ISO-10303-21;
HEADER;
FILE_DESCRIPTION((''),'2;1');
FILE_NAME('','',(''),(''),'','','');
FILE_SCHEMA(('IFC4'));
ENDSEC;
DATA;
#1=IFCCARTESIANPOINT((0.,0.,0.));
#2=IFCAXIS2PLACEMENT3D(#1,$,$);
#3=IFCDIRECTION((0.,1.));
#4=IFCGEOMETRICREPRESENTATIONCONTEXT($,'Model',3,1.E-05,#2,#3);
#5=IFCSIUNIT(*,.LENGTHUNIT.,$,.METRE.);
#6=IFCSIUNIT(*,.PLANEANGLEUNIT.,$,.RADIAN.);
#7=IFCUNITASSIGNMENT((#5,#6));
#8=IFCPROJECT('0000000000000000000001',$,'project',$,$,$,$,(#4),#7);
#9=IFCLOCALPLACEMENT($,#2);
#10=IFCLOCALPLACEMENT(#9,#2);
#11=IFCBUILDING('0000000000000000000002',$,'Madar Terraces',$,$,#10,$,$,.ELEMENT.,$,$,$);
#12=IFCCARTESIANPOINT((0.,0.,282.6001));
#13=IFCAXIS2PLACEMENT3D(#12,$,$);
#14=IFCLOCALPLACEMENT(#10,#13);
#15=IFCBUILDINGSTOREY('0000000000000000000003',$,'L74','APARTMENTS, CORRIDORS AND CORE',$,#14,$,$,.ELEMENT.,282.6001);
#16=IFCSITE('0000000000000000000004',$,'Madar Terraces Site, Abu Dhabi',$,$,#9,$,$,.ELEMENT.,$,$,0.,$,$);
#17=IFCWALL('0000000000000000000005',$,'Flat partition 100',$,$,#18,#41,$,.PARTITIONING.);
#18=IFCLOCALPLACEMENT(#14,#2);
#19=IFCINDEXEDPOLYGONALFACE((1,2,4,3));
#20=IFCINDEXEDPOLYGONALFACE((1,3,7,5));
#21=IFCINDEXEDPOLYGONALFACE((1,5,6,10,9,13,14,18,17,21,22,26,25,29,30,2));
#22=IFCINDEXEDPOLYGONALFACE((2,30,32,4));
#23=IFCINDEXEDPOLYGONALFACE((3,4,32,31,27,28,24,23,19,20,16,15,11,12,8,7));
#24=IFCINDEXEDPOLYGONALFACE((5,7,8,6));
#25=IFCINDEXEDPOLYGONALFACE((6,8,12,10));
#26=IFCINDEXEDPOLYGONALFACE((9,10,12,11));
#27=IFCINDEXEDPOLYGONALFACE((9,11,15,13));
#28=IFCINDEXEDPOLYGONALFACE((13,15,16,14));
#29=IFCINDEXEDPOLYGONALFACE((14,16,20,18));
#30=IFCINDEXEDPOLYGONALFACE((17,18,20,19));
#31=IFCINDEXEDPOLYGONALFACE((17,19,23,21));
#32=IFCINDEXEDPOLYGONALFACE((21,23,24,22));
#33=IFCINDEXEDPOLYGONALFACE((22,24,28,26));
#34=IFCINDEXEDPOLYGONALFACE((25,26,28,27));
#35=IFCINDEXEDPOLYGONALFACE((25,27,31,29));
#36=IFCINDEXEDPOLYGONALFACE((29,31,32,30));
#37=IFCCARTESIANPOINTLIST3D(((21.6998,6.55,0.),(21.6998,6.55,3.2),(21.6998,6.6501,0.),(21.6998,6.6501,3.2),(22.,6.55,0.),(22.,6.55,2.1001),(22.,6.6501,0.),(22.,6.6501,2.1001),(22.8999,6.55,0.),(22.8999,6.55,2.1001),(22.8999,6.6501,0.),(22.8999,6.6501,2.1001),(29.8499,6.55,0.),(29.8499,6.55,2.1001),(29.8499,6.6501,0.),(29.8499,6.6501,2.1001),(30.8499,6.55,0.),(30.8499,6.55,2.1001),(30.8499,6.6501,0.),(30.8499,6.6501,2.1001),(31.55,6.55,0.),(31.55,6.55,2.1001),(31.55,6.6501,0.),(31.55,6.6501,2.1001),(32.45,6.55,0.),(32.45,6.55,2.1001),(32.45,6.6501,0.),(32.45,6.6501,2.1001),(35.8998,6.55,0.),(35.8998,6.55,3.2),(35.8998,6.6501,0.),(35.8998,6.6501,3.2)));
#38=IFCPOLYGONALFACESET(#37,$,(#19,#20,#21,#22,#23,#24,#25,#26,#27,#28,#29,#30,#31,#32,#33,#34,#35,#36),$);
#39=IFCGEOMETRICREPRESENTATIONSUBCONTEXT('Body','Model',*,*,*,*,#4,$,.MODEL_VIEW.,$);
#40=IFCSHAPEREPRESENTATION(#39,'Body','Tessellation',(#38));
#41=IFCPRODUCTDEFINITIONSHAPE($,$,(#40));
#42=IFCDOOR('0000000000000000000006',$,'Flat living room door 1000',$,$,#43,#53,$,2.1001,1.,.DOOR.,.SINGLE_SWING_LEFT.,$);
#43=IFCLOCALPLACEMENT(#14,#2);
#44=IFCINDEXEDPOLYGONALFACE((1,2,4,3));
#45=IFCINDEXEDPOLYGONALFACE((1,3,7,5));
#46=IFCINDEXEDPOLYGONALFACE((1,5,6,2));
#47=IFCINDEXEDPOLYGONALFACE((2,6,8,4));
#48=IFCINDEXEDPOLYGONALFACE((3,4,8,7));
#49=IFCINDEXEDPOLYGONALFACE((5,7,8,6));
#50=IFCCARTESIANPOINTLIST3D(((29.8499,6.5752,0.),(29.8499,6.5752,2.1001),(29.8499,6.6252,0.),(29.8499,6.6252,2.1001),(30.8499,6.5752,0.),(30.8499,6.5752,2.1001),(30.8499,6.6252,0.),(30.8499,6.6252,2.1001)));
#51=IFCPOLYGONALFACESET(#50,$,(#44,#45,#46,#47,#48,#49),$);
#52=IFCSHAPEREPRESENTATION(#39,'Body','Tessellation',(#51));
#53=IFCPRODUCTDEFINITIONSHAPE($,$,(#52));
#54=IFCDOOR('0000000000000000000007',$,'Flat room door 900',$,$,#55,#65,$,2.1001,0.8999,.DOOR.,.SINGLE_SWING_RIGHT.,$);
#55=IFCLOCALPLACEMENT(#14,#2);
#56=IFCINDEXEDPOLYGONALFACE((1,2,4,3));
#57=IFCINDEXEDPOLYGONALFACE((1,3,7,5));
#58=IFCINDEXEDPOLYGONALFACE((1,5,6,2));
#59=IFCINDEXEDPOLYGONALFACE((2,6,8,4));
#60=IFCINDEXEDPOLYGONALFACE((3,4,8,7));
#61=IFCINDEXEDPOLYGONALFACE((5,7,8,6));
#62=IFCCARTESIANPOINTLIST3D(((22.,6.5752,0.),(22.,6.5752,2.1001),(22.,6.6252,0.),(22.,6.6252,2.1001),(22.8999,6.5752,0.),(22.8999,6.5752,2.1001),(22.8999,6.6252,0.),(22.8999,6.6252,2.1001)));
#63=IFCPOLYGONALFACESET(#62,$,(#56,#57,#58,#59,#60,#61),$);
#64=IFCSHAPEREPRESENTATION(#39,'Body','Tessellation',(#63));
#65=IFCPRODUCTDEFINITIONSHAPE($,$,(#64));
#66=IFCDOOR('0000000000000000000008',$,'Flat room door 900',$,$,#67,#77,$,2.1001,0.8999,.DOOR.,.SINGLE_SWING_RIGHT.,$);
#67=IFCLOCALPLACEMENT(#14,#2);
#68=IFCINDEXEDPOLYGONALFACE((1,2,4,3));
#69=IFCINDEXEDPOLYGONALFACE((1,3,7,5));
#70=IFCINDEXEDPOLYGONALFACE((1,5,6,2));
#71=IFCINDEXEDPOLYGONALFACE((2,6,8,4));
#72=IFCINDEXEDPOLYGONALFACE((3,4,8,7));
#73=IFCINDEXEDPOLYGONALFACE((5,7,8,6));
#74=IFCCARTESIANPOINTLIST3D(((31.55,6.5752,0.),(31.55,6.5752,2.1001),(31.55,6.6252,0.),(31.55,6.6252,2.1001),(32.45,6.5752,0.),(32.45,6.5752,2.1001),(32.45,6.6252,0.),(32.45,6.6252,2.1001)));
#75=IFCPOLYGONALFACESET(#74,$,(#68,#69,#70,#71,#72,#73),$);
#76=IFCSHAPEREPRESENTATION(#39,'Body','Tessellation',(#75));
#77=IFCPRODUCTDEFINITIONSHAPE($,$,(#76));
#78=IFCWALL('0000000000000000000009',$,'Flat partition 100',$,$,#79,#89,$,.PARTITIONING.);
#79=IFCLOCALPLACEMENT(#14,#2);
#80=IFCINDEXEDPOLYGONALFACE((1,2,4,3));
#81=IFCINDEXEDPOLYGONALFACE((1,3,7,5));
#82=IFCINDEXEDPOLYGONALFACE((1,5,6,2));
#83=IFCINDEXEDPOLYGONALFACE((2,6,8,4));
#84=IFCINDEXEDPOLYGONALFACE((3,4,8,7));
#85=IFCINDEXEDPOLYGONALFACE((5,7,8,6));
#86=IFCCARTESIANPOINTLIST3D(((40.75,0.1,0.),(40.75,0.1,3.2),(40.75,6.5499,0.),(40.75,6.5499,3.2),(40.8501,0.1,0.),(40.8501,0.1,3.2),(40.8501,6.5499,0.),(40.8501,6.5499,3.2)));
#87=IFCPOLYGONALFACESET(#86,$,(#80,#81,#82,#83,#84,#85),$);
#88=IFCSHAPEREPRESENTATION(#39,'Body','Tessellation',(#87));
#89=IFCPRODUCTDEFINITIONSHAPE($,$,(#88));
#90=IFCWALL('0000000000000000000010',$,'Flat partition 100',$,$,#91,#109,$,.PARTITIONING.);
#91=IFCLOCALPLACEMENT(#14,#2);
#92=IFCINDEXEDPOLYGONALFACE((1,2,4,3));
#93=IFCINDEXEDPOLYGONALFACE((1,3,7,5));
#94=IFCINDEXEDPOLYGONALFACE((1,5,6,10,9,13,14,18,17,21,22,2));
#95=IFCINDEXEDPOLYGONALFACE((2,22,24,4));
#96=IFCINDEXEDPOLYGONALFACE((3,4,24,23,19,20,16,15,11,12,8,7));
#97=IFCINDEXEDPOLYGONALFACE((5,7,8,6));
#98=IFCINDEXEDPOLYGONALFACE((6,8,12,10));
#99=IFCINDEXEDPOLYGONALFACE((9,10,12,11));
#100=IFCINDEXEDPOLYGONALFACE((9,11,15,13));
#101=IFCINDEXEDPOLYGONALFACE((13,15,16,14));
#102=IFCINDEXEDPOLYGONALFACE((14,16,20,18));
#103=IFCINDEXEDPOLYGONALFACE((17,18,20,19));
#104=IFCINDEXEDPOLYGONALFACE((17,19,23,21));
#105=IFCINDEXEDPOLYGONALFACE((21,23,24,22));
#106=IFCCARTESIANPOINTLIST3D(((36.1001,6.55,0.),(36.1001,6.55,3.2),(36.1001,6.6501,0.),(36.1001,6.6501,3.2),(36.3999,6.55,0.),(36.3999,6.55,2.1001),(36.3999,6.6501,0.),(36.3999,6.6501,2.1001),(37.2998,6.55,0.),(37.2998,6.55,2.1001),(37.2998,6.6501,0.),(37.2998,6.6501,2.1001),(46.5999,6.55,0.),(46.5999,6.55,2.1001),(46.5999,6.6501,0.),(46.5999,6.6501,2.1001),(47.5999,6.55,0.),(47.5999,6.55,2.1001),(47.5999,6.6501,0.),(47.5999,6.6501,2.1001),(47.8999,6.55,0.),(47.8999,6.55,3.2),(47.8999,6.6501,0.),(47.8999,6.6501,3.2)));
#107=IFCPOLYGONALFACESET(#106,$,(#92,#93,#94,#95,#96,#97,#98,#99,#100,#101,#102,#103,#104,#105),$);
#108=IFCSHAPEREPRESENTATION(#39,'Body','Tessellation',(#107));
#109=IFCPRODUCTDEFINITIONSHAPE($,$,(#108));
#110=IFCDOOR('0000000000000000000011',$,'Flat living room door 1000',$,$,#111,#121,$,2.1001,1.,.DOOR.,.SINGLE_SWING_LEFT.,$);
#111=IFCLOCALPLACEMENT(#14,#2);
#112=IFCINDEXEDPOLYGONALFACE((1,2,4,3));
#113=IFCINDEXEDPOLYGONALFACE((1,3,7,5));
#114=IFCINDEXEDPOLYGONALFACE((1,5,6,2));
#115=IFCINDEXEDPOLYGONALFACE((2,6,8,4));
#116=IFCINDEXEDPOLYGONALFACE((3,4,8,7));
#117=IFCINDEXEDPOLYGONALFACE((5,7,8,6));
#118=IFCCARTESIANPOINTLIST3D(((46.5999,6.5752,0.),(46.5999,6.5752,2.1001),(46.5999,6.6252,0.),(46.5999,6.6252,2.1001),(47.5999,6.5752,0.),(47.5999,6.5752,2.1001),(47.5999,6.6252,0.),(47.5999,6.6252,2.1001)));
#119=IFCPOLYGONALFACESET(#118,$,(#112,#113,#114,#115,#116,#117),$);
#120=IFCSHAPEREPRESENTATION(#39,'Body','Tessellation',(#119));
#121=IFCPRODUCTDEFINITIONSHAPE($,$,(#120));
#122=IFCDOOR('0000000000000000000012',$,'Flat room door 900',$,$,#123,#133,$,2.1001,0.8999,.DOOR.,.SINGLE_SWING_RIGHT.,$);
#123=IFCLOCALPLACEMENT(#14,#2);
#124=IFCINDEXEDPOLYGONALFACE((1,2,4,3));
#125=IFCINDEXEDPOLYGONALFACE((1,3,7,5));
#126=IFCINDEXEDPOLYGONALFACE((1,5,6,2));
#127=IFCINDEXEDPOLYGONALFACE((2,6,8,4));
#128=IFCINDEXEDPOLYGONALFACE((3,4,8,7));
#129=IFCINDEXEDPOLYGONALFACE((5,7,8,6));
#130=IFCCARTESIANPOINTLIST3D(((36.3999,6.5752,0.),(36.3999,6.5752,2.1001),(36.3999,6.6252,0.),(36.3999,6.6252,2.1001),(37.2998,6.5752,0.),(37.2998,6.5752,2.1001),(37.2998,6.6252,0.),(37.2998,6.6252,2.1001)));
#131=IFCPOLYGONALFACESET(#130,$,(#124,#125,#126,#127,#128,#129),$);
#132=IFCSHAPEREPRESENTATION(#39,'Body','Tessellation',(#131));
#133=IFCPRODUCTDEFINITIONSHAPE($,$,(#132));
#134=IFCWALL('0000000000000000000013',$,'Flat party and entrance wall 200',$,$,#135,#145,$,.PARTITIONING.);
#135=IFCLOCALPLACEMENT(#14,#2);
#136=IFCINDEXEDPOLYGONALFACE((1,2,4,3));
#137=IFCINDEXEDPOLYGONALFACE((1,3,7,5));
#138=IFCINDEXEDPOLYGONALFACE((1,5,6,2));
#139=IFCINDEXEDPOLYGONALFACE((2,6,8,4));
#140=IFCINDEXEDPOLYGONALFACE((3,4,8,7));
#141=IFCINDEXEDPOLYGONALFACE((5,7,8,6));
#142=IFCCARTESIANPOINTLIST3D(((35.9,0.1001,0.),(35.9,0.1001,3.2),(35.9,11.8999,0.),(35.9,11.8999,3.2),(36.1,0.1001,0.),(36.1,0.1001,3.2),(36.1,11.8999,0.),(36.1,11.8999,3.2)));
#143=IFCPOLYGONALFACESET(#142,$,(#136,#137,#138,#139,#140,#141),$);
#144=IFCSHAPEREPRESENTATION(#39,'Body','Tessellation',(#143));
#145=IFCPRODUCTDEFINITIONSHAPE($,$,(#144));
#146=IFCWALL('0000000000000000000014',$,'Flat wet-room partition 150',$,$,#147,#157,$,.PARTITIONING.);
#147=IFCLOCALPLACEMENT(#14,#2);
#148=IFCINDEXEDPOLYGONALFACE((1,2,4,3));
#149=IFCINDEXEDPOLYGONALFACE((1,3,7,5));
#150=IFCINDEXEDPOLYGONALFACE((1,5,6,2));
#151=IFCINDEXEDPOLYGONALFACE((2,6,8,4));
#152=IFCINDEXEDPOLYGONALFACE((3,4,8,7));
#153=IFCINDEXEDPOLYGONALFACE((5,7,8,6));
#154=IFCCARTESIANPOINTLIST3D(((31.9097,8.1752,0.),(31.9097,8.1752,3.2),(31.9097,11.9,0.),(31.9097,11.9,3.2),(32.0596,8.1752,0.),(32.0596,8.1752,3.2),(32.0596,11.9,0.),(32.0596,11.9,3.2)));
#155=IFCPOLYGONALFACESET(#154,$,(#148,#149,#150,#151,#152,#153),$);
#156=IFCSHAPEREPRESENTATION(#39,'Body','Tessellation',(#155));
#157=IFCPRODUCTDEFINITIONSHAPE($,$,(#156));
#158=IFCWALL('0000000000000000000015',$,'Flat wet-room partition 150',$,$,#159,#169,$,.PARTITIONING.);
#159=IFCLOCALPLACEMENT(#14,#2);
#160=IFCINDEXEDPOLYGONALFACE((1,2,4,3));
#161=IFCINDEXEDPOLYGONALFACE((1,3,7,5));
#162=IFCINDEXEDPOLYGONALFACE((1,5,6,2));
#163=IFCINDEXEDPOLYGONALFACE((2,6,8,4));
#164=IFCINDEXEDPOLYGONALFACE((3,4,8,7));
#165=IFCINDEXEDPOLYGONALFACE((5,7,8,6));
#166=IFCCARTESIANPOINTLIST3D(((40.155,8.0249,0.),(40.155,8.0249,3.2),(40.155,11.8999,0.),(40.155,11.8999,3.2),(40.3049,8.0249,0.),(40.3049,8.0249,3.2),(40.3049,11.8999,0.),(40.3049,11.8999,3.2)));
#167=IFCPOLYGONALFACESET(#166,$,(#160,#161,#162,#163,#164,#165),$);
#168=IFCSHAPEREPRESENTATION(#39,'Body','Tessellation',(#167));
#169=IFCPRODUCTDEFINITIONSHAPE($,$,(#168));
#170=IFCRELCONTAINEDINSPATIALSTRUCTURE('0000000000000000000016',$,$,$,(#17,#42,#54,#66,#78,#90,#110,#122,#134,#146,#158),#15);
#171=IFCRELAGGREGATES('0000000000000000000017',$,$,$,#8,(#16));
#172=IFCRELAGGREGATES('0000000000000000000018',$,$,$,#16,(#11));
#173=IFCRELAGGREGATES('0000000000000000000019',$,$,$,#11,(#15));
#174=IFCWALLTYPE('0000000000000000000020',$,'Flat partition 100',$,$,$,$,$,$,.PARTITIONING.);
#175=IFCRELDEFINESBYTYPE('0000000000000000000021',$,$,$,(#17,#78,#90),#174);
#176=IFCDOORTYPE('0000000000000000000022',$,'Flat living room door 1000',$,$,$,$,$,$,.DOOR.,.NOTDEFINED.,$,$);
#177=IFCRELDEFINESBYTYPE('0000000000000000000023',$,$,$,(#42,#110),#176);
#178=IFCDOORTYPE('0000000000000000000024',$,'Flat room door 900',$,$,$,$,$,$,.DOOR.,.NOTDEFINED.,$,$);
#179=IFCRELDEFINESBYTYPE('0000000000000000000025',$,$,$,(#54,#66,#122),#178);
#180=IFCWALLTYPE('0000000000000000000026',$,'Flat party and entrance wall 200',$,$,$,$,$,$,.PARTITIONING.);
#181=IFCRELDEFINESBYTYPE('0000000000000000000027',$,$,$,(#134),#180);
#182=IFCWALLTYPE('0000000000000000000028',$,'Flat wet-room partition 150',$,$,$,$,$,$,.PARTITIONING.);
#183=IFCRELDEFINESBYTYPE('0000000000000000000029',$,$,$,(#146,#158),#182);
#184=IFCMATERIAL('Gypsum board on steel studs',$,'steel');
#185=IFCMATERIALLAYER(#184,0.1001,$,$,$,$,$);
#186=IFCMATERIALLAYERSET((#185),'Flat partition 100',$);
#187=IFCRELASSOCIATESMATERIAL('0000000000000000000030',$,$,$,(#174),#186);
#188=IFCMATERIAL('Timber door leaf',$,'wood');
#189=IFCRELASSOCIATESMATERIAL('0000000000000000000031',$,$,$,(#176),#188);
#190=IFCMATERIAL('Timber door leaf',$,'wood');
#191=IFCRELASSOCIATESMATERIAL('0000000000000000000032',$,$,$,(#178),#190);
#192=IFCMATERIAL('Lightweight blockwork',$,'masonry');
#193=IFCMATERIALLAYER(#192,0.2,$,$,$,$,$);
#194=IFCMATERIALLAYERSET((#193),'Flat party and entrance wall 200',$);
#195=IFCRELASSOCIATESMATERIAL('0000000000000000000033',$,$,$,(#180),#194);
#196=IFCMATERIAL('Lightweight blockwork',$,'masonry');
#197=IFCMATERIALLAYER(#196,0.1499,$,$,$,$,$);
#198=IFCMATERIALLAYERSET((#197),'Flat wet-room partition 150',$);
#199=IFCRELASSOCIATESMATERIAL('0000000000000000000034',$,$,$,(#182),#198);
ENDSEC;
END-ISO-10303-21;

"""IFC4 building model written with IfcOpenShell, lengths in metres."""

from ifc_helpers import new_model, si_unit, direction, frame, frame_2d, origin, place, context, subcontext, project, spatial, rectangle, extrude, material, layer, layer_set, type_object, element, fill, save


model = new_model("IFC4")

# Units and contexts
model_context = context("Model", 3, precision=1e-05, world=origin(), true_north=direction((0.0, 1.0)))
body_context = subcontext(model_context, "Body", "Model", "MODEL_VIEW")
ifc_project = project(units=[si_unit("LENGTHUNIT", "METRE"), si_unit("PLANEANGLEUNIT", "RADIAN")], contexts=[model_context])

# Site, building, storey
site_placement = place(None, origin())
site = spatial("IfcSite", under=ifc_project, at=site_placement, Name="Madar Terraces Site, Abu Dhabi", CompositionType="ELEMENT", RefElevation=0.0)
building_placement = place(site_placement, origin())
building = spatial("IfcBuilding", under=site, at=building_placement, Name="Madar Terraces", CompositionType="ELEMENT")
storey_placement = place(building_placement, frame((0.0, 0.0, 282.6001)))
storey = spatial("IfcBuildingStorey", under=building, at=storey_placement, Name="L74", Description="APARTMENTS, CORRIDORS AND CORE", CompositionType="ELEMENT", Elevation=282.6001)

# Shared definitions
ifc_material_1 = material(Name="Gypsum board on steel studs", Category="steel")
ifc_layer_1 = layer(ifc_material_1, 0.1001)
ifc_layer_set_1 = layer_set([ifc_layer_1], Name="Flat partition 100")
wall_type_1 = type_object("IfcWallType", Name="Flat partition 100", PredefinedType="PARTITIONING", material=ifc_layer_set_1)

# Wall, openings, doors
wall_1_placement = place(storey_placement, frame((35.8999, 6.6001, 0.0), z_axis=(0.0, 0.0, 1.0), x_axis=(-1.0, 0.0, 0.0)))
wall_1 = element("IfcWall", 1, at=wall_1_placement, inside=storey, type_object=wall_type_1, Name="Flat partition 100", PredefinedType="PARTITIONING", context=body_context, shape_type="SweptSolid", body=[
    extrude(rectangle(XDim=14.2, YDim=0.1001, at=frame_2d((7.1001, 0.0))), origin(), (0.0, 0.0, 1.0), 3.2),
])
opening_1_placement = place(wall_1_placement, frame((13.0, 0.0, 0.0)))
opening_1 = element("IfcOpeningElement", 2, at=opening_1_placement, cuts=wall_1, PredefinedType="OPENING", context=body_context, shape_type="SweptSolid", body=[
    extrude(rectangle(XDim=0.8999, YDim=2.1001, at=frame_2d((0.45, 1.05))), frame((0.0, 0.0601, 0.0), z_axis=(0.0, -1.0, 0.0), x_axis=(1.0, 0.0, 0.0)), (0.0, 0.0, 1.0), 0.1201),
])
opening_2_placement = place(wall_1_placement, frame((5.05, 0.0, 0.0)))
opening_2 = element("IfcOpeningElement", 3, at=opening_2_placement, cuts=wall_1, PredefinedType="OPENING", context=body_context, shape_type="SweptSolid", body=[
    extrude(rectangle(XDim=1.0, YDim=2.1001, at=frame_2d((0.5, 1.05))), frame((0.0, 0.0601, 0.0), z_axis=(0.0, -1.0, 0.0), x_axis=(1.0, 0.0, 0.0)), (0.0, 0.0, 1.0), 0.1201),
])
opening_3_placement = place(wall_1_placement, frame((3.45, 0.0, 0.0)))
opening_3 = element("IfcOpeningElement", 4, at=opening_3_placement, cuts=wall_1, PredefinedType="OPENING", context=body_context, shape_type="SweptSolid", body=[
    extrude(rectangle(XDim=0.8999, YDim=2.1001, at=frame_2d((0.45, 1.05))), frame((0.0, 0.0601, 0.0), z_axis=(0.0, -1.0, 0.0), x_axis=(1.0, 0.0, 0.0)), (0.0, 0.0, 1.0), 0.1201),
])
ifc_material_2 = material(Name="Timber door leaf", Category="wood")
door_type_1 = type_object("IfcDoorType", Name="Flat living room door 1000", OperationType="NOTDEFINED", PredefinedType="DOOR", material=ifc_material_2)
door_1_placement = place(opening_2_placement, origin())
door_1 = element("IfcDoor", 5, at=door_1_placement, inside=storey, type_object=door_type_1, Name="Flat living room door 1000", OperationType="SINGLE_SWING_LEFT", OverallHeight=2.1001, OverallWidth=1.0, PredefinedType="DOOR", context=body_context, shape_type="SweptSolid", body=[
    extrude(rectangle(XDim=1.0, YDim=2.1001, at=frame_2d((0.5, 1.05))), frame((0.0, 0.0249, 0.0), z_axis=(0.0, -1.0, 0.0), x_axis=(1.0, 0.0, 0.0)), (0.0, 0.0, 1.0), 0.05),
])
fill(opening_2, door_1)
ifc_material_3 = material(Name="Timber door leaf", Category="wood")
door_type_2 = type_object("IfcDoorType", Name="Flat room door 900", OperationType="NOTDEFINED", PredefinedType="DOOR", material=ifc_material_3)
door_2_placement = place(opening_1_placement, origin())
door_2 = element("IfcDoor", 6, at=door_2_placement, inside=storey, type_object=door_type_2, Name="Flat room door 900", OperationType="SINGLE_SWING_RIGHT", OverallHeight=2.1001, OverallWidth=0.8999, PredefinedType="DOOR", context=body_context, shape_type="SweptSolid", body=[
    extrude(rectangle(XDim=0.8999, YDim=2.1001, at=frame_2d((0.45, 1.05))), frame((0.0, 0.0249, 0.0), z_axis=(0.0, -1.0, 0.0), x_axis=(1.0, 0.0, 0.0)), (0.0, 0.0, 1.0), 0.05),
])
fill(opening_1, door_2)
door_3_placement = place(opening_3_placement, origin())
door_3 = element("IfcDoor", 7, at=door_3_placement, inside=storey, type_object=door_type_2, Name="Flat room door 900", OperationType="SINGLE_SWING_RIGHT", OverallHeight=2.1001, OverallWidth=0.8999, PredefinedType="DOOR", context=body_context, shape_type="SweptSolid", body=[
    extrude(rectangle(XDim=0.8999, YDim=2.1001, at=frame_2d((0.45, 1.05))), frame((0.0, 0.0249, 0.0), z_axis=(0.0, -1.0, 0.0), x_axis=(1.0, 0.0, 0.0)), (0.0, 0.0, 1.0), 0.05),
])
fill(opening_3, door_3)

# Wall
wall_2_placement = place(storey_placement, frame((40.8, 6.55, 0.0), z_axis=(0.0, 0.0, 1.0), x_axis=(0.0, -1.0, 0.0)))
element("IfcWall", 8, at=wall_2_placement, inside=storey, type_object=wall_type_1, Name="Flat partition 100", PredefinedType="PARTITIONING", context=body_context, shape_type="SweptSolid", body=[
    extrude(rectangle(XDim=6.45, YDim=0.1001, at=frame_2d((3.2251, 0.0))), origin(), (0.0, 0.0, 1.0), 3.2),
])

# Wall, openings, doors
wall_3_placement = place(storey_placement, frame((47.8999, 6.6001, 0.0), z_axis=(0.0, 0.0, 1.0), x_axis=(-1.0, 0.0, 0.0)))
wall_3 = element("IfcWall", 9, at=wall_3_placement, inside=storey, type_object=wall_type_1, Name="Flat partition 100", PredefinedType="PARTITIONING", context=body_context, shape_type="SweptSolid", body=[
    extrude(rectangle(XDim=11.7998, YDim=0.1001, at=frame_2d((5.8999, 0.0))), origin(), (0.0, 0.0, 1.0), 3.2),
])
opening_4_placement = place(wall_3_placement, frame((0.3, 0.0, 0.0)))
opening_4 = element("IfcOpeningElement", 10, at=opening_4_placement, cuts=wall_3, PredefinedType="OPENING", context=body_context, shape_type="SweptSolid", body=[
    extrude(rectangle(XDim=1.0, YDim=2.1001, at=frame_2d((0.5, 1.05))), frame((0.0, 0.0601, 0.0), z_axis=(0.0, -1.0, 0.0), x_axis=(1.0, 0.0, 0.0)), (0.0, 0.0, 1.0), 0.1201),
])
opening_5_placement = place(wall_3_placement, frame((10.6001, 0.0, 0.0)))
opening_5 = element("IfcOpeningElement", 11, at=opening_5_placement, cuts=wall_3, PredefinedType="OPENING", context=body_context, shape_type="SweptSolid", body=[
    extrude(rectangle(XDim=0.8999, YDim=2.1001, at=frame_2d((0.45, 1.05))), frame((0.0, 0.0601, 0.0), z_axis=(0.0, -1.0, 0.0), x_axis=(1.0, 0.0, 0.0)), (0.0, 0.0, 1.0), 0.1201),
])
door_4_placement = place(opening_4_placement, origin())
door_4 = element("IfcDoor", 12, at=door_4_placement, inside=storey, type_object=door_type_1, Name="Flat living room door 1000", OperationType="SINGLE_SWING_LEFT", OverallHeight=2.1001, OverallWidth=1.0, PredefinedType="DOOR", context=body_context, shape_type="SweptSolid", body=[
    extrude(rectangle(XDim=1.0, YDim=2.1001, at=frame_2d((0.5, 1.05))), frame((0.0, 0.0249, 0.0), z_axis=(0.0, -1.0, 0.0), x_axis=(1.0, 0.0, 0.0)), (0.0, 0.0, 1.0), 0.05),
])
fill(opening_4, door_4)
door_5_placement = place(opening_5_placement, origin())
door_5 = element("IfcDoor", 13, at=door_5_placement, inside=storey, type_object=door_type_2, Name="Flat room door 900", OperationType="SINGLE_SWING_RIGHT", OverallHeight=2.1001, OverallWidth=0.8999, PredefinedType="DOOR", context=body_context, shape_type="SweptSolid", body=[
    extrude(rectangle(XDim=0.8999, YDim=2.1001, at=frame_2d((0.45, 1.05))), frame((0.0, 0.0249, 0.0), z_axis=(0.0, -1.0, 0.0), x_axis=(1.0, 0.0, 0.0)), (0.0, 0.0, 1.0), 0.05),
])
fill(opening_5, door_5)

# Walls
ifc_material_4 = material(Name="Lightweight blockwork", Category="masonry")
ifc_layer_2 = layer(ifc_material_4, 0.2)
ifc_layer_set_2 = layer_set([ifc_layer_2], Name="Flat party and entrance wall 200")
wall_type_2 = type_object("IfcWallType", Name="Flat party and entrance wall 200", PredefinedType="PARTITIONING", material=ifc_layer_set_2)
wall_4_placement = place(storey_placement, frame((36.0, 11.8999, 0.0), z_axis=(0.0, 0.0, 1.0), x_axis=(0.0, -1.0, 0.0)))
element("IfcWall", 14, at=wall_4_placement, inside=storey, type_object=wall_type_2, Name="Flat party and entrance wall 200", PredefinedType="PARTITIONING", context=body_context, shape_type="SweptSolid", body=[
    extrude(rectangle(XDim=11.7998, YDim=0.2, at=frame_2d((5.8999, 0.0))), origin(), (0.0, 0.0, 1.0), 3.2),
])
ifc_material_5 = material(Name="Lightweight blockwork", Category="masonry")
ifc_layer_3 = layer(ifc_material_5, 0.1499)
ifc_layer_set_3 = layer_set([ifc_layer_3], Name="Flat wet-room partition 150")
wall_type_3 = type_object("IfcWallType", Name="Flat wet-room partition 150", PredefinedType="PARTITIONING", material=ifc_layer_set_3)
wall_5_placement = place(storey_placement, frame((31.9846, 11.8999, 0.0), z_axis=(0.0, 0.0, 1.0), x_axis=(0.0, -1.0, 0.0)))
element("IfcWall", 15, at=wall_5_placement, inside=storey, type_object=wall_type_3, Name="Flat wet-room partition 150", PredefinedType="PARTITIONING", context=body_context, shape_type="SweptSolid", body=[
    extrude(rectangle(XDim=3.7249, YDim=0.1499, at=frame_2d((1.8623, 0.0))), origin(), (0.0, 0.0, 1.0), 3.2),
])
wall_6_placement = place(storey_placement, frame((40.23, 11.8999, 0.0), z_axis=(0.0, 0.0, 1.0), x_axis=(0.0, -1.0, 0.0)))
element("IfcWall", 16, at=wall_6_placement, inside=storey, type_object=wall_type_3, Name="Flat wet-room partition 150", PredefinedType="PARTITIONING", context=body_context, shape_type="SweptSolid", body=[
    extrude(rectangle(XDim=3.875, YDim=0.1499, at=frame_2d((1.9375, 0.0))), origin(), (0.0, 0.0, 1.0), 3.2),
])

save(model, "model.ifc")
